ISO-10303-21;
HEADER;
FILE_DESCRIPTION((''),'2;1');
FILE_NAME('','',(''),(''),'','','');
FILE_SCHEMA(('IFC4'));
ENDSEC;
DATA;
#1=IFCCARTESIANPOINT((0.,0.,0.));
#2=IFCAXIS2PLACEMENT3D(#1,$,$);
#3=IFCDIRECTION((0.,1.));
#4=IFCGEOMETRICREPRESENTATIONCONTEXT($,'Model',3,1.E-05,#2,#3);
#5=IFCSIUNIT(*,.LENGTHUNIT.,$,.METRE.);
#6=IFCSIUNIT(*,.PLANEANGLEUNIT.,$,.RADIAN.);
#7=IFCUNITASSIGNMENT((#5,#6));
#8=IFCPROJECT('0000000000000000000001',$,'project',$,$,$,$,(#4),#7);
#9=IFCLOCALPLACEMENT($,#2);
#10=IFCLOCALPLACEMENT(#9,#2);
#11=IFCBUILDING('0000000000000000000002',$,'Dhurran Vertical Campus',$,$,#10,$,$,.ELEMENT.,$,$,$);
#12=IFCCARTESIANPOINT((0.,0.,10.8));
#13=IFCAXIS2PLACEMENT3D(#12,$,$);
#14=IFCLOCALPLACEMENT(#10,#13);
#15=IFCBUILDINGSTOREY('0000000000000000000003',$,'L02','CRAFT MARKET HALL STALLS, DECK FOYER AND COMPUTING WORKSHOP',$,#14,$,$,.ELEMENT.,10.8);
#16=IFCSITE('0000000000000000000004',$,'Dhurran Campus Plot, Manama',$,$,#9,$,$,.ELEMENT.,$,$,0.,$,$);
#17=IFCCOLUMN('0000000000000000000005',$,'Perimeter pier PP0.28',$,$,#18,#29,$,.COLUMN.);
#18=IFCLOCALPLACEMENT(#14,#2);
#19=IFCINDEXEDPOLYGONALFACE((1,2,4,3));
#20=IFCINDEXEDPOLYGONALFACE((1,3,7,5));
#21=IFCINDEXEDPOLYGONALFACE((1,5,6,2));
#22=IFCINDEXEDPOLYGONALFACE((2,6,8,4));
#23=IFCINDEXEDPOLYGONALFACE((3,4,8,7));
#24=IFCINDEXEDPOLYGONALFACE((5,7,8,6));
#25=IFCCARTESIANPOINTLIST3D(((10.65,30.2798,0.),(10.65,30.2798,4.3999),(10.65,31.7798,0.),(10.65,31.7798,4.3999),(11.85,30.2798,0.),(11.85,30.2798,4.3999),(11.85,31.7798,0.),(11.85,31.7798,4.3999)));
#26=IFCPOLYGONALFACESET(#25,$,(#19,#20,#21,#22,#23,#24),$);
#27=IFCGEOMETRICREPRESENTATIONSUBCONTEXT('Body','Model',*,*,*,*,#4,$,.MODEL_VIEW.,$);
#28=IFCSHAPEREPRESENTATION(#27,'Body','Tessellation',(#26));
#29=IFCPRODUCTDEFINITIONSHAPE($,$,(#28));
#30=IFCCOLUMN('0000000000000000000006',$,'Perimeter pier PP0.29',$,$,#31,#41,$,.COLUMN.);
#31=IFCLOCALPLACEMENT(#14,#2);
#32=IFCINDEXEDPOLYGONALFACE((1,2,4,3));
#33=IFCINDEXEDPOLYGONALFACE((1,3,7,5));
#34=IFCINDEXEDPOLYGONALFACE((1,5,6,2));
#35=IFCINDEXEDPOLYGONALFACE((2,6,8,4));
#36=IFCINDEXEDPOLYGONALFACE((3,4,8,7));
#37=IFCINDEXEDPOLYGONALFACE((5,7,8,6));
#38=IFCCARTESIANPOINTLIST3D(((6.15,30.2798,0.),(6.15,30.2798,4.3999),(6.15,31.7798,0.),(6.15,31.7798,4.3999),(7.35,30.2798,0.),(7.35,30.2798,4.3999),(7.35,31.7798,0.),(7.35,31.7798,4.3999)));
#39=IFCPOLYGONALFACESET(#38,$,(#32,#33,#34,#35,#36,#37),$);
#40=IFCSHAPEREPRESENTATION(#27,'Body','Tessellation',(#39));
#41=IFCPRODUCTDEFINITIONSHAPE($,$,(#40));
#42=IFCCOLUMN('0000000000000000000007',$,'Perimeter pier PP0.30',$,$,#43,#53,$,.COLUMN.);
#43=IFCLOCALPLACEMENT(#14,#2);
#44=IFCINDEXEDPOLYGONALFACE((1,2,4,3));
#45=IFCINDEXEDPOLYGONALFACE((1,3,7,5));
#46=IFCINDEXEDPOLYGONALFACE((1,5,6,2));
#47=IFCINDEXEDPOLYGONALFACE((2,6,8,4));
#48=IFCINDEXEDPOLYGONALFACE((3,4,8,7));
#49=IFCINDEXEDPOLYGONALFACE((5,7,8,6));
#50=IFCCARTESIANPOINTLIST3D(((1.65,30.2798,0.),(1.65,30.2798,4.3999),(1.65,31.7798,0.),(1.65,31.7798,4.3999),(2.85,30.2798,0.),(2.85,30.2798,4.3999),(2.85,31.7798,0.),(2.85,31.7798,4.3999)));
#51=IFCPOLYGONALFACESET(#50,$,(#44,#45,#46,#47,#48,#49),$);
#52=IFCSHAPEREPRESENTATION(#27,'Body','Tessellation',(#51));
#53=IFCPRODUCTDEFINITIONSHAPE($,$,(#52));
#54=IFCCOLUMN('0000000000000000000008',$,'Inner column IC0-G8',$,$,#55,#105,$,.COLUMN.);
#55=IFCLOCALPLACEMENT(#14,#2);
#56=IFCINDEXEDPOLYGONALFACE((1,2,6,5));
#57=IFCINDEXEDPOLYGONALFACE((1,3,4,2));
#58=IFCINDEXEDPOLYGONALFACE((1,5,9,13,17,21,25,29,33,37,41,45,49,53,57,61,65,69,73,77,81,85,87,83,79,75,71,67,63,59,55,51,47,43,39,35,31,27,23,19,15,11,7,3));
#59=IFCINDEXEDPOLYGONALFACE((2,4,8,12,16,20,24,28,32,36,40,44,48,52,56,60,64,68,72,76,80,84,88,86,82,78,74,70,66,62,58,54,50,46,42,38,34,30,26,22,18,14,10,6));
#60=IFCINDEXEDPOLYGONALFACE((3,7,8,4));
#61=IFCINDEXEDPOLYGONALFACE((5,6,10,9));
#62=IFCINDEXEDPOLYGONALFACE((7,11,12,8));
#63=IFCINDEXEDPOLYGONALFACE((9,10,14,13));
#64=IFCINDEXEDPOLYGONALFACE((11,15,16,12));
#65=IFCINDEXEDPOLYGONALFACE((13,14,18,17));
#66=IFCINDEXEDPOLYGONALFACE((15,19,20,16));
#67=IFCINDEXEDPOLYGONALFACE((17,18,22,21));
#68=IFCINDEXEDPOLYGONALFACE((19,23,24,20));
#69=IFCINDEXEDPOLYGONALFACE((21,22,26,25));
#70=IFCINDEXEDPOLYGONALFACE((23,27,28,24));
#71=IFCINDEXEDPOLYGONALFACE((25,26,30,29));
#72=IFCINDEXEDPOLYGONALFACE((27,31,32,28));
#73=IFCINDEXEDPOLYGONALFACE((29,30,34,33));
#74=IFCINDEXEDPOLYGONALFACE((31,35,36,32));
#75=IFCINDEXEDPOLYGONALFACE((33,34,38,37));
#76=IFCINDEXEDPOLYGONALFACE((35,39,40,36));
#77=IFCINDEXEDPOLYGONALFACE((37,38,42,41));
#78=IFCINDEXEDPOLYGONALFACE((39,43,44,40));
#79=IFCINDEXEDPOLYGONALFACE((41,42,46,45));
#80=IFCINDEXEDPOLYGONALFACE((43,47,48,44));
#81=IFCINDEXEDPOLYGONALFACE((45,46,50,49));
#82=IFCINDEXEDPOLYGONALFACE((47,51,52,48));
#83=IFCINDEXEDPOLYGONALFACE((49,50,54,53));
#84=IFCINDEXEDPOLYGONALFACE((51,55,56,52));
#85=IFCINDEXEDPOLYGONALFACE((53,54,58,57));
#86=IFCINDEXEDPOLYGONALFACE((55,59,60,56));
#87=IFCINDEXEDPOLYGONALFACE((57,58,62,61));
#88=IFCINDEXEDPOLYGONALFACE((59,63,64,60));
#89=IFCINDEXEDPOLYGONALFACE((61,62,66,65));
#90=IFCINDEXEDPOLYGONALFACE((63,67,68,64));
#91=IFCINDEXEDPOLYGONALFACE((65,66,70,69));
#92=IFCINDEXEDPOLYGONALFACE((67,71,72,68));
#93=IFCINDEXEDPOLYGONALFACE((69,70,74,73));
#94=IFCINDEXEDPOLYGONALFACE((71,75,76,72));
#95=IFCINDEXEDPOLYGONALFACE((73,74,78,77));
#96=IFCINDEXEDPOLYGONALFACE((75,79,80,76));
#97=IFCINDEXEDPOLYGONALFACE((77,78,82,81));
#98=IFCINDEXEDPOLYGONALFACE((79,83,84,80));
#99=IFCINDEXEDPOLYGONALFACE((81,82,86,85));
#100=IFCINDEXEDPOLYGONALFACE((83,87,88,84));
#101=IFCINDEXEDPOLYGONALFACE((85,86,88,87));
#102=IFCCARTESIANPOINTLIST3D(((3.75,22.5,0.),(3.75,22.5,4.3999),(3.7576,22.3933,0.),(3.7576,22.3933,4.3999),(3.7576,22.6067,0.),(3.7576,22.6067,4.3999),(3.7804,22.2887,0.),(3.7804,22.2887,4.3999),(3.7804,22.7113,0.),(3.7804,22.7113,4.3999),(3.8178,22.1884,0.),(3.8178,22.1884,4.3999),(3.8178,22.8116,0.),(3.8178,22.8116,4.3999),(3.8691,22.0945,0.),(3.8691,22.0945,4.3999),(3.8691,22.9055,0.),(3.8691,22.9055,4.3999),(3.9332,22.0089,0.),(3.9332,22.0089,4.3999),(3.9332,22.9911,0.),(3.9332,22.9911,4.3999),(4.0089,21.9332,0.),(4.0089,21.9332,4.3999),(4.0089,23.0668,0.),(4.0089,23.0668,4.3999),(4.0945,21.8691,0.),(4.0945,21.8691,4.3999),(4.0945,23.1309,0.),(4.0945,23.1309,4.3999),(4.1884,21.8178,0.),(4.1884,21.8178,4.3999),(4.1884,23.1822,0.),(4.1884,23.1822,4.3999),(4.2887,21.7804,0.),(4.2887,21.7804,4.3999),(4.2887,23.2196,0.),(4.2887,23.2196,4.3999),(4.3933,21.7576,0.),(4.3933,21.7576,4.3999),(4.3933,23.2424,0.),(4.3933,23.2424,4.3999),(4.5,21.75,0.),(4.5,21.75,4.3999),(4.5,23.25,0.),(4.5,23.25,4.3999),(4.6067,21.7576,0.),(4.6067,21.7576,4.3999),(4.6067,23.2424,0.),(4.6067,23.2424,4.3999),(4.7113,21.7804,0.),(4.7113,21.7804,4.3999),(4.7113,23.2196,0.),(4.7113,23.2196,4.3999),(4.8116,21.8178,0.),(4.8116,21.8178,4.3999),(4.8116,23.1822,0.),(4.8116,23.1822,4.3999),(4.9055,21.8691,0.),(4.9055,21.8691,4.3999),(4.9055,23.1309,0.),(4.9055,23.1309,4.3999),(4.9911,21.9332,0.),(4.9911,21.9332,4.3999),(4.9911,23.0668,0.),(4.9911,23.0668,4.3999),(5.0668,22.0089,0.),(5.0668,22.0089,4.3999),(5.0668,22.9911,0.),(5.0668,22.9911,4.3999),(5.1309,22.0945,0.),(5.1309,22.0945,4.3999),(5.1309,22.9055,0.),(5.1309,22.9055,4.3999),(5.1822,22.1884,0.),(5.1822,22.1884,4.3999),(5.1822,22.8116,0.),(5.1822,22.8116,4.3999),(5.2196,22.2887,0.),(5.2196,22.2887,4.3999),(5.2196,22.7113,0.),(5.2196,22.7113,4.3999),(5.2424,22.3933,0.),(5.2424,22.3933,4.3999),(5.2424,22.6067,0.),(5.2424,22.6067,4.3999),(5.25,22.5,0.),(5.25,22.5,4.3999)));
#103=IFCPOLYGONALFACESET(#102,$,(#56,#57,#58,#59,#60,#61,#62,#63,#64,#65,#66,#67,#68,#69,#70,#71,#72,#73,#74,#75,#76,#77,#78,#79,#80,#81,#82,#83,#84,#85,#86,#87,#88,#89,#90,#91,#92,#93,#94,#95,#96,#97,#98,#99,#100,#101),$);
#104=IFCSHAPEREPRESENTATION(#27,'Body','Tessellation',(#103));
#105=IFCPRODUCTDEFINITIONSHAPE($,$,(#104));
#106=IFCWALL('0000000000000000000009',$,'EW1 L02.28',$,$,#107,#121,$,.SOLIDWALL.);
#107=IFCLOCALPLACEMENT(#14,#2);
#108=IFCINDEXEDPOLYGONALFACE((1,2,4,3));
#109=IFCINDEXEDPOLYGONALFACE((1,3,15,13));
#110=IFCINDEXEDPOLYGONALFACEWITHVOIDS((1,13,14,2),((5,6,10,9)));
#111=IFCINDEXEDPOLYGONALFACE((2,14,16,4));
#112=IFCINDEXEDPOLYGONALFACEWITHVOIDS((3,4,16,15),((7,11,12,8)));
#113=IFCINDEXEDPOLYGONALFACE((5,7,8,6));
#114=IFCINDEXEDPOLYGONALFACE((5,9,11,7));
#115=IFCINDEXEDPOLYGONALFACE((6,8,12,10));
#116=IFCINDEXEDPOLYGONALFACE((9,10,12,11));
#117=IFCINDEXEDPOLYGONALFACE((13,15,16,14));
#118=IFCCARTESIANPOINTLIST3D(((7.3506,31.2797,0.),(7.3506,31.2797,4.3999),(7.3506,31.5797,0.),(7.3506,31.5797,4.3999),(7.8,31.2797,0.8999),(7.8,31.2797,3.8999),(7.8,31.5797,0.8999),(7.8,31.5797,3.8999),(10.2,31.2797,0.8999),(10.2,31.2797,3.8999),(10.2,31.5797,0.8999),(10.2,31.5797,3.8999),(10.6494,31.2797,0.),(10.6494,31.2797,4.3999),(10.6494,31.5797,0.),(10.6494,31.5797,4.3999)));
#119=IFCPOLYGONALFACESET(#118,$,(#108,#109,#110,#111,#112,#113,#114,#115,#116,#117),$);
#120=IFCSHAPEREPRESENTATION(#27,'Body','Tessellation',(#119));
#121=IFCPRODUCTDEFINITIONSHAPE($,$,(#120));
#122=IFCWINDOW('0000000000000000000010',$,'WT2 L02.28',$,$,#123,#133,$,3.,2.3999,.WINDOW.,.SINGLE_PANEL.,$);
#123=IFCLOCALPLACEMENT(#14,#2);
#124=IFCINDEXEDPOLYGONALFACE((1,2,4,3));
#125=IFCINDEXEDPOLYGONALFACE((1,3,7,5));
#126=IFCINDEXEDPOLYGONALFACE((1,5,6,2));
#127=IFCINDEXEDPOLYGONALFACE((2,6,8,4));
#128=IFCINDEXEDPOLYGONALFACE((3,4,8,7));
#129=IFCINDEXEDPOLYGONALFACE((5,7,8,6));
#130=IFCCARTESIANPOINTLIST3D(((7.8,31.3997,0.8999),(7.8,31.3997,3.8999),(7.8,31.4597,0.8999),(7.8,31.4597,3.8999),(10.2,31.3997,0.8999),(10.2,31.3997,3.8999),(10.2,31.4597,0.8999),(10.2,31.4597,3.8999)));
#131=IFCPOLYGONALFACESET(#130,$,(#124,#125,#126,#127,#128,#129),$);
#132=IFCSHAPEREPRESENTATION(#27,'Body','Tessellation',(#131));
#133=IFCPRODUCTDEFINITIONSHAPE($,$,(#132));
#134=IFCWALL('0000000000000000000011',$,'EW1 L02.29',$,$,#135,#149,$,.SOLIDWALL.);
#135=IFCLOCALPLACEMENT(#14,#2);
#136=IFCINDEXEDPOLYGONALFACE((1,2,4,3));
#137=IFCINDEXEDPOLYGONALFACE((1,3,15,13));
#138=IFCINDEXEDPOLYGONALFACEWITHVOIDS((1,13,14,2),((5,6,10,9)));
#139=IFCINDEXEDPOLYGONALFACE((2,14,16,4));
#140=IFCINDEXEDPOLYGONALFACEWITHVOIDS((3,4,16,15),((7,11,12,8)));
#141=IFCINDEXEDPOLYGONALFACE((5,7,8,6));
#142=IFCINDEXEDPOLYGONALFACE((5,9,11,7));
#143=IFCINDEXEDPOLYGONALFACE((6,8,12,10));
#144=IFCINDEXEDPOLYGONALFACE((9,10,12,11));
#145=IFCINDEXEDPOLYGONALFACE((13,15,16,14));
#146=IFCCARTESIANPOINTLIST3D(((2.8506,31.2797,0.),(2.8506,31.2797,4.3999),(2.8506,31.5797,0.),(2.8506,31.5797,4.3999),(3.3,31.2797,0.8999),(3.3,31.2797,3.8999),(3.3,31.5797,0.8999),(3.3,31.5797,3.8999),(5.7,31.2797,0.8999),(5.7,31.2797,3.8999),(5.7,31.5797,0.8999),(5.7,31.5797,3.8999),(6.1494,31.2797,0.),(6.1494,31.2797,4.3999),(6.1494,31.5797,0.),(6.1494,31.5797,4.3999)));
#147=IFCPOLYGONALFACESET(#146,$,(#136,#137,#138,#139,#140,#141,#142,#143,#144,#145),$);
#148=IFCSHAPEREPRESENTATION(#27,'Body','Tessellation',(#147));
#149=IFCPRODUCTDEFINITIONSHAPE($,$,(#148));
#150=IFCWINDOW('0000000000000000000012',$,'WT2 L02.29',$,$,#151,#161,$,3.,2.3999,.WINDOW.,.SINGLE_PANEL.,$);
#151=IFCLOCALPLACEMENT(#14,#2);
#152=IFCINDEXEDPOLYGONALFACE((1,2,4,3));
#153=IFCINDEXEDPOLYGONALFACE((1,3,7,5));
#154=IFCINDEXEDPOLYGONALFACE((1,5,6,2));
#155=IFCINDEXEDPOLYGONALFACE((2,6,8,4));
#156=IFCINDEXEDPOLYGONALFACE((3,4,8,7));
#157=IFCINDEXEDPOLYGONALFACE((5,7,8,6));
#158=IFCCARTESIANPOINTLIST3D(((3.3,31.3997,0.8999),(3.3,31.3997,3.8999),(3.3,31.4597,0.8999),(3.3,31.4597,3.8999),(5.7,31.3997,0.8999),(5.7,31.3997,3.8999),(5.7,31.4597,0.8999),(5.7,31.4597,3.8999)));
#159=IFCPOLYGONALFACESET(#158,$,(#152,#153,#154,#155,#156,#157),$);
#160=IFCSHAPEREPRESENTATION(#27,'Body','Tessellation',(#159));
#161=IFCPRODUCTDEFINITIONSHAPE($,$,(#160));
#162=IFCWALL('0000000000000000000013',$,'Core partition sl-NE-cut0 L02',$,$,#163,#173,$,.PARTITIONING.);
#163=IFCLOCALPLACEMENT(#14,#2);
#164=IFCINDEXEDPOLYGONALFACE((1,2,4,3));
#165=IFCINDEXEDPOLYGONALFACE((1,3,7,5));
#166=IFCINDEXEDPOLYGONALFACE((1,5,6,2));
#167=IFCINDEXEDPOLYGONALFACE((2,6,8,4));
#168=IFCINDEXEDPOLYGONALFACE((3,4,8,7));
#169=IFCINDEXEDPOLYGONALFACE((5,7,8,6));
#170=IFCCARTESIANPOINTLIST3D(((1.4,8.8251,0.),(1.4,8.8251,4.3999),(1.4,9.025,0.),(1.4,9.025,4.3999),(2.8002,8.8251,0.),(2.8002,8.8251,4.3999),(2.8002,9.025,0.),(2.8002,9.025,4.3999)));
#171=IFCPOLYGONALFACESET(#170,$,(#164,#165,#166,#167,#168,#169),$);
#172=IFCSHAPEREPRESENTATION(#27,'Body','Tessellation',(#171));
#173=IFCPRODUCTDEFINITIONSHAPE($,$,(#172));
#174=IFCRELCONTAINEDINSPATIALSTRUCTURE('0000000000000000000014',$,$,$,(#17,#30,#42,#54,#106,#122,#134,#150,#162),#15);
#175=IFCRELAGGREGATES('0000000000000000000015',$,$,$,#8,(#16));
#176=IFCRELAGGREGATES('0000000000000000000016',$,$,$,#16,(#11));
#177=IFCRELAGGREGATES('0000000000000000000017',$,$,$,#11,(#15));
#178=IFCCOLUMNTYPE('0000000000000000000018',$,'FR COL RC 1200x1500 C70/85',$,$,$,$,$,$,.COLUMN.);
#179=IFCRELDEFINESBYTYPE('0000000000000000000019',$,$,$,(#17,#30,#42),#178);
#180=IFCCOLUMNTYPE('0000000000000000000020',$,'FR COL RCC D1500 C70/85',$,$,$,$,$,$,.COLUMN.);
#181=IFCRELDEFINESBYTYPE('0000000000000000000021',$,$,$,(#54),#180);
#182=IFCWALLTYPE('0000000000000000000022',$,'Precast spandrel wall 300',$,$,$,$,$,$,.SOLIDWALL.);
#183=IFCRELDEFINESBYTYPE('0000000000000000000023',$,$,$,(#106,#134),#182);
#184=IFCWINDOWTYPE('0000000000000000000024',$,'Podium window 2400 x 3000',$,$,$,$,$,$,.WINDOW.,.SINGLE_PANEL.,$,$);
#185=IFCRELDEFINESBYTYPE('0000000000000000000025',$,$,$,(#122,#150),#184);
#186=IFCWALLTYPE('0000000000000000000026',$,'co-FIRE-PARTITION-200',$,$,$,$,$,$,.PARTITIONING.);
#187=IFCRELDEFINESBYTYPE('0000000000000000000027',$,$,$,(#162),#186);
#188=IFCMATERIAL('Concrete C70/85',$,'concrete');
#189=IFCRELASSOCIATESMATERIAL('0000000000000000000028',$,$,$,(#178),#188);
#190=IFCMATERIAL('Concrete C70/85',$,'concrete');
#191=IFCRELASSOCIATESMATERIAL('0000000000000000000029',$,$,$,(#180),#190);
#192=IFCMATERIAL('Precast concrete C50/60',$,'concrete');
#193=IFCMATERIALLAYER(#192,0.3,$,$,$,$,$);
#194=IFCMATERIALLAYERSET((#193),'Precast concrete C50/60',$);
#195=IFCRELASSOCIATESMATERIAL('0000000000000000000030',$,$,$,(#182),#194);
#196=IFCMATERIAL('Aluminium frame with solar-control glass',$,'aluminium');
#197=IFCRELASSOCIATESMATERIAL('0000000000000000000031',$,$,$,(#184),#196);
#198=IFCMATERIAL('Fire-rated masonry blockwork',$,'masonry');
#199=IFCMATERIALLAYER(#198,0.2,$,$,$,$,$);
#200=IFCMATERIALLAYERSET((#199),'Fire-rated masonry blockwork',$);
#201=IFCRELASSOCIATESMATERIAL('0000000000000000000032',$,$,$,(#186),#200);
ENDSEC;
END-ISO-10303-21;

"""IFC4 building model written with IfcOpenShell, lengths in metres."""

from ifc_helpers import new_model, si_unit, direction, frame, frame_2d, origin, origin_2d, place, context, subcontext, project, spatial, rectangle, circle, extrude, material, layer, layer_set, material_profile, profile_set, type_object, element, fill, save


model = new_model("IFC4")

# Units and contexts
model_context = context("Model", 3, precision=1e-05, world=origin(), true_north=direction((0.0, 1.0)))
body_context = subcontext(model_context, "Body", "Model", "MODEL_VIEW")
ifc_project = project(units=[si_unit("LENGTHUNIT", "METRE"), si_unit("PLANEANGLEUNIT", "RADIAN")], contexts=[model_context])

# Site, building, storey
site_placement = place(None, origin())
site = spatial("IfcSite", under=ifc_project, at=site_placement, Name="Dhurran Campus Plot, Manama", CompositionType="ELEMENT", RefElevation=0.0)
building_placement = place(site_placement, origin())
building = spatial("IfcBuilding", under=site, at=building_placement, Name="Dhurran Vertical Campus", CompositionType="ELEMENT")
storey_placement = place(building_placement, frame((0.0, 0.0, 10.8)))
storey = spatial("IfcBuildingStorey", under=building, at=storey_placement, Name="L02", Description="CRAFT MARKET HALL STALLS, DECK FOYER AND COMPUTING WORKSHOP", CompositionType="ELEMENT", Elevation=10.8)

# Columns
ifc_material_1 = material(Name="Concrete C70/85", Category="concrete")
ifc_material_profile_1 = material_profile(ifc_material_1, rectangle(XDim=1.2, YDim=1.5, at=origin_2d()), Name="RC 1200x1500")
ifc_profile_set_1 = profile_set([ifc_material_profile_1], Name="Concrete C70/85")
column_type_1 = type_object("IfcColumnType", Name="FR COL RC 1200x1500 C70/85", PredefinedType="COLUMN", material=ifc_profile_set_1)
for number, where, z_axis, x_axis, name in (
    (1, (11.25, 31.0298, 0.0), (0.0, 0.0, 1.0), (-1.0, 0.0, 0.0), "Perimeter pier PP0.28"),
    (2, (6.75, 31.0298, 0.0), (0.0, 0.0, 1.0), (-1.0, 0.0, 0.0), "Perimeter pier PP0.29"),
    (3, (2.25, 31.0298, 0.0), (0.0, 0.0, 1.0), (-1.0, 0.0, 0.0), "Perimeter pier PP0.30"),
):
    element("IfcColumn", number, at=place(storey_placement, frame(where, z_axis=z_axis, x_axis=x_axis)), inside=storey, type_object=column_type_1, Name=name, PredefinedType="COLUMN", context=body_context, shape_type="SweptSolid", body=[
        extrude(rectangle(XDim=1.2, YDim=1.5, at=origin_2d()), origin(), (0.0, 0.0, 1.0), 4.3999),
    ])
ifc_material_2 = material(Name="Concrete C70/85", Category="concrete")
ifc_material_profile_2 = material_profile(ifc_material_2, circle(Radius=0.75, at=origin_2d()), Name="RCC D1500")
ifc_profile_set_2 = profile_set([ifc_material_profile_2], Name="Concrete C70/85")
column_type_2 = type_object("IfcColumnType", Name="FR COL RCC D1500 C70/85", PredefinedType="COLUMN", material=ifc_profile_set_2)
column_placement = place(storey_placement, frame((4.5, 22.5, 0.0), z_axis=(0.0, 0.0, 1.0), x_axis=(1.0, 0.0, 0.0)))
element("IfcColumn", 4, at=column_placement, inside=storey, type_object=column_type_2, Name="Inner column IC0-G8", PredefinedType="COLUMN", context=body_context, shape_type="SweptSolid", body=[
    extrude(circle(Radius=0.75, at=origin_2d()), origin(), (0.0, 0.0, 1.0), 4.3999),
])

# Walls, openings, windows
ifc_material_3 = material(Name="Precast concrete C50/60", Category="concrete")
ifc_layer_1 = layer(ifc_material_3, 0.3)
ifc_layer_set_1 = layer_set([ifc_layer_1], Name="Precast concrete C50/60")
wall_type_1 = type_object("IfcWallType", Name="Precast spandrel wall 300", PredefinedType="SOLIDWALL", material=ifc_layer_set_1)
wall_1_placement = place(storey_placement, frame((10.6494, 31.4297, 0.0), z_axis=(0.0, 0.0, 1.0), x_axis=(-1.0, 0.0, 0.0)))
wall_1 = element("IfcWall", 5, at=wall_1_placement, inside=storey, type_object=wall_type_1, Name="EW1 L02.28", PredefinedType="SOLIDWALL", context=body_context, shape_type="SweptSolid", body=[
    extrude(rectangle(XDim=3.2988, YDim=0.3, at=frame_2d((1.6494, 0.0))), origin(), (0.0, 0.0, 1.0), 4.3999),
])
opening_1_placement = place(wall_1_placement, frame((0.4495, 0.0, 0.8999)))
opening_1 = element("IfcOpeningElement", 6, at=opening_1_placement, cuts=wall_1, PredefinedType="OPENING", context=body_context, shape_type="SweptSolid", body=[
    extrude(rectangle(XDim=2.3999, YDim=3.0, at=frame_2d((1.2, 1.5))), frame((0.0, 0.1599, 0.0), z_axis=(0.0, -1.0, 0.0), x_axis=(1.0, 0.0, 0.0)), (0.0, 0.0, 1.0), 0.3201),
])
ifc_material_4 = material(Name="Aluminium frame with solar-control glass", Category="aluminium")
window_type = type_object("IfcWindowType", Name="Podium window 2400 x 3000", PartitioningType="SINGLE_PANEL", PredefinedType="WINDOW", material=ifc_material_4)
window_1_placement = place(opening_1_placement, origin())
window_1 = element("IfcWindow", 7, at=window_1_placement, inside=storey, type_object=window_type, Name="WT2 L02.28", OverallHeight=3.0, OverallWidth=2.3999, PartitioningType="SINGLE_PANEL", PredefinedType="WINDOW", context=body_context, shape_type="SweptSolid", body=[
    extrude(rectangle(XDim=2.3999, YDim=3.0, at=frame_2d((1.2, 1.5))), frame((0.0, 0.03, 0.0), z_axis=(0.0, -1.0, 0.0), x_axis=(1.0, 0.0, 0.0)), (0.0, 0.0, 1.0), 0.0601),
])
fill(opening_1, window_1)
wall_2_placement = place(storey_placement, frame((6.1494, 31.4297, 0.0), z_axis=(0.0, 0.0, 1.0), x_axis=(-1.0, 0.0, 0.0)))
wall_2 = element("IfcWall", 8, at=wall_2_placement, inside=storey, type_object=wall_type_1, Name="EW1 L02.29", PredefinedType="SOLIDWALL", context=body_context, shape_type="SweptSolid", body=[
    extrude(rectangle(XDim=3.2988, YDim=0.3, at=frame_2d((1.6494, 0.0))), origin(), (0.0, 0.0, 1.0), 4.3999),
])
opening_2_placement = place(wall_2_placement, frame((0.4495, 0.0, 0.8999)))
opening_2 = element("IfcOpeningElement", 9, at=opening_2_placement, cuts=wall_2, PredefinedType="OPENING", context=body_context, shape_type="SweptSolid", body=[
    extrude(rectangle(XDim=2.3999, YDim=3.0, at=frame_2d((1.2, 1.5))), frame((0.0, 0.1599, 0.0), z_axis=(0.0, -1.0, 0.0), x_axis=(1.0, 0.0, 0.0)), (0.0, 0.0, 1.0), 0.3201),
])
window_2_placement = place(opening_2_placement, origin())
window_2 = element("IfcWindow", 10, at=window_2_placement, inside=storey, type_object=window_type, Name="WT2 L02.29", OverallHeight=3.0, OverallWidth=2.3999, PartitioningType="SINGLE_PANEL", PredefinedType="WINDOW", context=body_context, shape_type="SweptSolid", body=[
    extrude(rectangle(XDim=2.3999, YDim=3.0, at=frame_2d((1.2, 1.5))), frame((0.0, 0.03, 0.0), z_axis=(0.0, -1.0, 0.0), x_axis=(1.0, 0.0, 0.0)), (0.0, 0.0, 1.0), 0.0601),
])
fill(opening_2, window_2)

# Wall
ifc_material_5 = material(Name="Fire-rated masonry blockwork", Category="masonry")
ifc_layer_2 = layer(ifc_material_5, 0.2)
ifc_layer_set_2 = layer_set([ifc_layer_2], Name="Fire-rated masonry blockwork")
wall_type_2 = type_object("IfcWallType", Name="co-FIRE-PARTITION-200", PredefinedType="PARTITIONING", material=ifc_layer_set_2)
wall_3_placement = place(storey_placement, frame((1.3999, 8.925, 0.0), z_axis=(0.0, 0.0, 1.0), x_axis=(1.0, 0.0, 0.0)))
element("IfcWall", 11, at=wall_3_placement, inside=storey, type_object=wall_type_2, Name="Core partition sl-NE-cut0 L02", PredefinedType="PARTITIONING", context=body_context, shape_type="SweptSolid", body=[
    extrude(rectangle(XDim=1.4001, YDim=0.2, at=frame_2d((0.7002, 0.0))), origin(), (0.0, 0.0, 1.0), 4.3999),
])

save(model, "model.ifc")
